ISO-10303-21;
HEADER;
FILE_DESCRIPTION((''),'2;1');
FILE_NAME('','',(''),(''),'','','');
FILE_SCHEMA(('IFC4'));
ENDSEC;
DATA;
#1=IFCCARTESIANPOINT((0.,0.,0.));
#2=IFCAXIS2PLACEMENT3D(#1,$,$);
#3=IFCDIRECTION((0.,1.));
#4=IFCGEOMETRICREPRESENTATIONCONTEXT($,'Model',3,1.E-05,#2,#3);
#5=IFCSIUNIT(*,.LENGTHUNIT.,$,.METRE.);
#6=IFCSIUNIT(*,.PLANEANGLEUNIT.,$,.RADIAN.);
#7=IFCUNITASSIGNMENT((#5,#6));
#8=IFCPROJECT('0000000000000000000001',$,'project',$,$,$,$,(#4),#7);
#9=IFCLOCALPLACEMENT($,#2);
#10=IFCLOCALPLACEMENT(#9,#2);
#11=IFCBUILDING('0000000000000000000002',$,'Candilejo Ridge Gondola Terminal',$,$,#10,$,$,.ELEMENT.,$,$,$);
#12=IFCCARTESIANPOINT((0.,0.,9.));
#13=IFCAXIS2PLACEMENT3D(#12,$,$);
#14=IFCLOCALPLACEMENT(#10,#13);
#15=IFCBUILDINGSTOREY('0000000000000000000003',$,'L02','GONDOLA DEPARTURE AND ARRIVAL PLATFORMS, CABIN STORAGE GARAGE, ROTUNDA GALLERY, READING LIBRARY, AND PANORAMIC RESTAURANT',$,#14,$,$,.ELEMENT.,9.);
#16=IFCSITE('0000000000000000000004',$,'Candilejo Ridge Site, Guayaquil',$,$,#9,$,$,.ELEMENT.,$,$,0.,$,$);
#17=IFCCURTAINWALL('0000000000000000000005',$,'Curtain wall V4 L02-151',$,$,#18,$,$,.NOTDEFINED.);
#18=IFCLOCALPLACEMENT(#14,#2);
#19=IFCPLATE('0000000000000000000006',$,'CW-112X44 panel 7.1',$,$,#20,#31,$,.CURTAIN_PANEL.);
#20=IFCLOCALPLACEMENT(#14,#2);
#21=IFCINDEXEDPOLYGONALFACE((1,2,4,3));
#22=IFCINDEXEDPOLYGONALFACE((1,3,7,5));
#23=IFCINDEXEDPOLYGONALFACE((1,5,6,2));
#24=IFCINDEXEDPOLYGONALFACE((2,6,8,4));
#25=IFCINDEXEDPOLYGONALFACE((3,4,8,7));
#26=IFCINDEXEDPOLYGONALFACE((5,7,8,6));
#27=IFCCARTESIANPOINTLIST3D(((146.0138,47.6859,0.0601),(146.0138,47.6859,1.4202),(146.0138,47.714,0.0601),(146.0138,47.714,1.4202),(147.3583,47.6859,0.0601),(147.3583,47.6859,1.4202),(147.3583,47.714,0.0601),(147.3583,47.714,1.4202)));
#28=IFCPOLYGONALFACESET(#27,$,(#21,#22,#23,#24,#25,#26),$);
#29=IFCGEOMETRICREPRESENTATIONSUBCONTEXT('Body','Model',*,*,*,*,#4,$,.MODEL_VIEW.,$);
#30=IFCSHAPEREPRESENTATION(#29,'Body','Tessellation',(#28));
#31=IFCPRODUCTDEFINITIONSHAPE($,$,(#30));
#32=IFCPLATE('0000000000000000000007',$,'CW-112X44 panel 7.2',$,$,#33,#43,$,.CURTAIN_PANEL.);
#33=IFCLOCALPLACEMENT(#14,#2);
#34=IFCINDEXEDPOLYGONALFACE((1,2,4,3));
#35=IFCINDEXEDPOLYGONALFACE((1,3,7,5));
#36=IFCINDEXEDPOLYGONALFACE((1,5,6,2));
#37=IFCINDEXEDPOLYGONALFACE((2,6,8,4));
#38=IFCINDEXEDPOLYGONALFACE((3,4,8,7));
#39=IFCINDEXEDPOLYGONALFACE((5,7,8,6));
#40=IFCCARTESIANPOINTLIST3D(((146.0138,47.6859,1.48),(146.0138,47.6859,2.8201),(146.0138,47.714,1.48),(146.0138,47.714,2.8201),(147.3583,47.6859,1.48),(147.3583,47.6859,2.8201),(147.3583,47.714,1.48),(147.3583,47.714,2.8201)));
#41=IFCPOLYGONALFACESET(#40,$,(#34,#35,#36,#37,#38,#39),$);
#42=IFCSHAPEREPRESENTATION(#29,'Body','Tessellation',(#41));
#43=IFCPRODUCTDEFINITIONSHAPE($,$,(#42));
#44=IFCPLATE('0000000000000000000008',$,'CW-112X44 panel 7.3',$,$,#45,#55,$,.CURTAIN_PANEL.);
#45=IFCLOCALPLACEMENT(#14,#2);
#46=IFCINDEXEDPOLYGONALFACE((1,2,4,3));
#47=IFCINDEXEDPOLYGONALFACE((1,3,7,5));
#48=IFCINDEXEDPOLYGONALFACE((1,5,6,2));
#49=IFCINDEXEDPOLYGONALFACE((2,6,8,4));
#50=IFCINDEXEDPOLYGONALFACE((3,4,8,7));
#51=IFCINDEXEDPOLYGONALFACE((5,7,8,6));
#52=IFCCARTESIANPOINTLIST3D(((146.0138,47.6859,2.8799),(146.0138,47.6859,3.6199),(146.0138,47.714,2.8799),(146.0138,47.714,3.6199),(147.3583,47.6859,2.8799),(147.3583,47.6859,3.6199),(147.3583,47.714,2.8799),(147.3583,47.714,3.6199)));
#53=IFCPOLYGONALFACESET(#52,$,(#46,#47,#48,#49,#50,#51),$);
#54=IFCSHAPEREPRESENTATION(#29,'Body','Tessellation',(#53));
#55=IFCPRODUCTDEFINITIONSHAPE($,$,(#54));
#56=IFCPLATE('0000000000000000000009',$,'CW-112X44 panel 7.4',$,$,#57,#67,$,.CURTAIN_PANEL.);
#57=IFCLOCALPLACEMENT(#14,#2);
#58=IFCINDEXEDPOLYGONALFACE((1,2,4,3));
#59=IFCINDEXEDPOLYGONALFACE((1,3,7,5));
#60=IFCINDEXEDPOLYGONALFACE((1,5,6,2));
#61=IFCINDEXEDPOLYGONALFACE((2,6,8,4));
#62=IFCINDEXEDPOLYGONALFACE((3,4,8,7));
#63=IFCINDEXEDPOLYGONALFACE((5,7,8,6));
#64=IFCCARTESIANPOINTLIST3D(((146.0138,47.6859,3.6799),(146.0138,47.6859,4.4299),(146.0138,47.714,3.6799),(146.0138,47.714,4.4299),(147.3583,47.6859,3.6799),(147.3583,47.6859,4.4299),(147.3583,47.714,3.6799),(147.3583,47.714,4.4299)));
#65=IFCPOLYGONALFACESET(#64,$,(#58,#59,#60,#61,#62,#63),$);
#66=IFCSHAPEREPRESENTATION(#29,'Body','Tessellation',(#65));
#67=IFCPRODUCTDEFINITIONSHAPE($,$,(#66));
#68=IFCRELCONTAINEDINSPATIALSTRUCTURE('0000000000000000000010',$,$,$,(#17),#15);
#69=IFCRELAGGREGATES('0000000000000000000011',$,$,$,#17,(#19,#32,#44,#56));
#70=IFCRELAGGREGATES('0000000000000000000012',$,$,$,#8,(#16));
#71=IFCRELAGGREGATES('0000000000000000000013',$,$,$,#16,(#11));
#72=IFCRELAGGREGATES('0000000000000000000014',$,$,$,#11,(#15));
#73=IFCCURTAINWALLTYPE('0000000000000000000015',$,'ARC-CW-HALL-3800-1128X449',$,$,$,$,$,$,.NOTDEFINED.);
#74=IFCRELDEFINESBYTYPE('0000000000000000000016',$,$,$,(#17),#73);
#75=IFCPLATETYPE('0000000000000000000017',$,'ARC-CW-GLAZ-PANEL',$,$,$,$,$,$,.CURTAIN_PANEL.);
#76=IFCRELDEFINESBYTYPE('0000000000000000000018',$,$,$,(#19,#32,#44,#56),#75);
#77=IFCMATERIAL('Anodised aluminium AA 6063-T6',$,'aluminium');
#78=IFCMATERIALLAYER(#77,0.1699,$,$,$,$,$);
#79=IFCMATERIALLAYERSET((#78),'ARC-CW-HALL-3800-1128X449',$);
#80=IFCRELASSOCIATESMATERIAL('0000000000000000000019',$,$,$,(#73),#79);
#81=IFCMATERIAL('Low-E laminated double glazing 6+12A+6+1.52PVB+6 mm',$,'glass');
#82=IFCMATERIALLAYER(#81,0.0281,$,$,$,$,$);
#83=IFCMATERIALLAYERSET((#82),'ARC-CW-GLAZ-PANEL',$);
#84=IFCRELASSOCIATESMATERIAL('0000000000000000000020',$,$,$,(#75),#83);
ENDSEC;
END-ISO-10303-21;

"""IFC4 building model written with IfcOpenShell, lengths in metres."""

from ifc_helpers import new_model, si_unit, direction, frame, origin, origin_2d, place, context, subcontext, project, spatial, rectangle, extrude, material, layer, layer_set, type_object, element, aggregate, save


model = new_model("IFC4")

# Units and contexts
model_context = context("Model", 3, precision=1e-05, world=origin(), true_north=direction((0.0, 1.0)))
body_context = subcontext(model_context, "Body", "Model", "MODEL_VIEW")
ifc_project = project(units=[si_unit("LENGTHUNIT", "METRE"), si_unit("PLANEANGLEUNIT", "RADIAN")], contexts=[model_context])

# Site, building, storey
site_placement = place(None, origin())
site = spatial("IfcSite", under=ifc_project, at=site_placement, Name="Candilejo Ridge Site, Guayaquil", CompositionType="ELEMENT", RefElevation=0.0)
building_placement = place(site_placement, origin())
building = spatial("IfcBuilding", under=site, at=building_placement, Name="Candilejo Ridge Gondola Terminal", CompositionType="ELEMENT")
storey_placement = place(building_placement, frame((0.0, 0.0, 9.0)))
storey = spatial("IfcBuildingStorey", under=building, at=storey_placement, Name="L02", Description="GONDOLA DEPARTURE AND ARRIVAL PLATFORMS, CABIN STORAGE GARAGE, ROTUNDA GALLERY, READING LIBRARY, AND PANORAMIC RESTAURANT", CompositionType="ELEMENT", Elevation=9.0)

# Curtain wall, plates
ifc_material_1 = material(Name="Anodised aluminium AA 6063-T6", Category="aluminium")
ifc_layer_1 = layer(ifc_material_1, 0.1699)
ifc_layer_set_1 = layer_set([ifc_layer_1], Name="ARC-CW-HALL-3800-1128X449")
curtain_wall_type = type_object("IfcCurtainWallType", Name="ARC-CW-HALL-3800-1128X449", PredefinedType="NOTDEFINED", material=ifc_layer_set_1)
curtain_wall_placement = place(storey_placement, origin())
curtain_wall = element("IfcCurtainWall", 1, at=curtain_wall_placement, inside=storey, type_object=curtain_wall_type, Name="Curtain wall V4 L02-151", PredefinedType="NOTDEFINED")
ifc_material_2 = material(Name="Low-E laminated double glazing 6+12A+6+1.52PVB+6 mm", Category="glass")
ifc_layer_2 = layer(ifc_material_2, 0.0281)
ifc_layer_set_2 = layer_set([ifc_layer_2], Name="ARC-CW-GLAZ-PANEL")
plate_type = type_object("IfcPlateType", Name="ARC-CW-GLAZ-PANEL", PredefinedType="CURTAIN_PANEL", material=ifc_layer_set_2)
plate_1_placement = place(storey_placement, frame((146.686, 47.7, 0.0601), z_axis=(0.0, 0.0, 1.0), x_axis=(1.0, 0.0, 0.0)))
plate_1 = element("IfcPlate", 2, at=plate_1_placement, type_object=plate_type, Name="CW-112X44 panel 7.1", PredefinedType="CURTAIN_PANEL", context=body_context, shape_type="SweptSolid", body=[
    extrude(rectangle(XDim=1.3445, YDim=0.0281, at=origin_2d()), origin(), (0.0, 0.0, 1.0), 1.3601),
])
plate_2_placement = place(storey_placement, frame((146.686, 47.7, 1.48), z_axis=(0.0, 0.0, 1.0), x_axis=(1.0, 0.0, 0.0)))
plate_2 = element("IfcPlate", 3, at=plate_2_placement, type_object=plate_type, Name="CW-112X44 panel 7.2", PredefinedType="CURTAIN_PANEL", context=body_context, shape_type="SweptSolid", body=[
    extrude(rectangle(XDim=1.3445, YDim=0.0281, at=origin_2d()), origin(), (0.0, 0.0, 1.0), 1.3401),
])
plate_3_placement = place(storey_placement, frame((146.686, 47.7, 2.8799), z_axis=(0.0, 0.0, 1.0), x_axis=(1.0, 0.0, 0.0)))
plate_3 = element("IfcPlate", 4, at=plate_3_placement, type_object=plate_type, Name="CW-112X44 panel 7.3", PredefinedType="CURTAIN_PANEL", context=body_context, shape_type="SweptSolid", body=[
    extrude(rectangle(XDim=1.3445, YDim=0.0281, at=origin_2d()), origin(), (0.0, 0.0, 1.0), 0.74),
])
plate_4_placement = place(storey_placement, frame((146.686, 47.7, 3.6799), z_axis=(0.0, 0.0, 1.0), x_axis=(1.0, 0.0, 0.0)))
plate_4 = element("IfcPlate", 5, at=plate_4_placement, type_object=plate_type, Name="CW-112X44 panel 7.4", PredefinedType="CURTAIN_PANEL", context=body_context, shape_type="SweptSolid", body=[
    extrude(rectangle(XDim=1.3445, YDim=0.0281, at=origin_2d()), origin(), (0.0, 0.0, 1.0), 0.75),
])
aggregate(curtain_wall, [plate_1, plate_2, plate_3, plate_4])

save(model, "model.ifc")
